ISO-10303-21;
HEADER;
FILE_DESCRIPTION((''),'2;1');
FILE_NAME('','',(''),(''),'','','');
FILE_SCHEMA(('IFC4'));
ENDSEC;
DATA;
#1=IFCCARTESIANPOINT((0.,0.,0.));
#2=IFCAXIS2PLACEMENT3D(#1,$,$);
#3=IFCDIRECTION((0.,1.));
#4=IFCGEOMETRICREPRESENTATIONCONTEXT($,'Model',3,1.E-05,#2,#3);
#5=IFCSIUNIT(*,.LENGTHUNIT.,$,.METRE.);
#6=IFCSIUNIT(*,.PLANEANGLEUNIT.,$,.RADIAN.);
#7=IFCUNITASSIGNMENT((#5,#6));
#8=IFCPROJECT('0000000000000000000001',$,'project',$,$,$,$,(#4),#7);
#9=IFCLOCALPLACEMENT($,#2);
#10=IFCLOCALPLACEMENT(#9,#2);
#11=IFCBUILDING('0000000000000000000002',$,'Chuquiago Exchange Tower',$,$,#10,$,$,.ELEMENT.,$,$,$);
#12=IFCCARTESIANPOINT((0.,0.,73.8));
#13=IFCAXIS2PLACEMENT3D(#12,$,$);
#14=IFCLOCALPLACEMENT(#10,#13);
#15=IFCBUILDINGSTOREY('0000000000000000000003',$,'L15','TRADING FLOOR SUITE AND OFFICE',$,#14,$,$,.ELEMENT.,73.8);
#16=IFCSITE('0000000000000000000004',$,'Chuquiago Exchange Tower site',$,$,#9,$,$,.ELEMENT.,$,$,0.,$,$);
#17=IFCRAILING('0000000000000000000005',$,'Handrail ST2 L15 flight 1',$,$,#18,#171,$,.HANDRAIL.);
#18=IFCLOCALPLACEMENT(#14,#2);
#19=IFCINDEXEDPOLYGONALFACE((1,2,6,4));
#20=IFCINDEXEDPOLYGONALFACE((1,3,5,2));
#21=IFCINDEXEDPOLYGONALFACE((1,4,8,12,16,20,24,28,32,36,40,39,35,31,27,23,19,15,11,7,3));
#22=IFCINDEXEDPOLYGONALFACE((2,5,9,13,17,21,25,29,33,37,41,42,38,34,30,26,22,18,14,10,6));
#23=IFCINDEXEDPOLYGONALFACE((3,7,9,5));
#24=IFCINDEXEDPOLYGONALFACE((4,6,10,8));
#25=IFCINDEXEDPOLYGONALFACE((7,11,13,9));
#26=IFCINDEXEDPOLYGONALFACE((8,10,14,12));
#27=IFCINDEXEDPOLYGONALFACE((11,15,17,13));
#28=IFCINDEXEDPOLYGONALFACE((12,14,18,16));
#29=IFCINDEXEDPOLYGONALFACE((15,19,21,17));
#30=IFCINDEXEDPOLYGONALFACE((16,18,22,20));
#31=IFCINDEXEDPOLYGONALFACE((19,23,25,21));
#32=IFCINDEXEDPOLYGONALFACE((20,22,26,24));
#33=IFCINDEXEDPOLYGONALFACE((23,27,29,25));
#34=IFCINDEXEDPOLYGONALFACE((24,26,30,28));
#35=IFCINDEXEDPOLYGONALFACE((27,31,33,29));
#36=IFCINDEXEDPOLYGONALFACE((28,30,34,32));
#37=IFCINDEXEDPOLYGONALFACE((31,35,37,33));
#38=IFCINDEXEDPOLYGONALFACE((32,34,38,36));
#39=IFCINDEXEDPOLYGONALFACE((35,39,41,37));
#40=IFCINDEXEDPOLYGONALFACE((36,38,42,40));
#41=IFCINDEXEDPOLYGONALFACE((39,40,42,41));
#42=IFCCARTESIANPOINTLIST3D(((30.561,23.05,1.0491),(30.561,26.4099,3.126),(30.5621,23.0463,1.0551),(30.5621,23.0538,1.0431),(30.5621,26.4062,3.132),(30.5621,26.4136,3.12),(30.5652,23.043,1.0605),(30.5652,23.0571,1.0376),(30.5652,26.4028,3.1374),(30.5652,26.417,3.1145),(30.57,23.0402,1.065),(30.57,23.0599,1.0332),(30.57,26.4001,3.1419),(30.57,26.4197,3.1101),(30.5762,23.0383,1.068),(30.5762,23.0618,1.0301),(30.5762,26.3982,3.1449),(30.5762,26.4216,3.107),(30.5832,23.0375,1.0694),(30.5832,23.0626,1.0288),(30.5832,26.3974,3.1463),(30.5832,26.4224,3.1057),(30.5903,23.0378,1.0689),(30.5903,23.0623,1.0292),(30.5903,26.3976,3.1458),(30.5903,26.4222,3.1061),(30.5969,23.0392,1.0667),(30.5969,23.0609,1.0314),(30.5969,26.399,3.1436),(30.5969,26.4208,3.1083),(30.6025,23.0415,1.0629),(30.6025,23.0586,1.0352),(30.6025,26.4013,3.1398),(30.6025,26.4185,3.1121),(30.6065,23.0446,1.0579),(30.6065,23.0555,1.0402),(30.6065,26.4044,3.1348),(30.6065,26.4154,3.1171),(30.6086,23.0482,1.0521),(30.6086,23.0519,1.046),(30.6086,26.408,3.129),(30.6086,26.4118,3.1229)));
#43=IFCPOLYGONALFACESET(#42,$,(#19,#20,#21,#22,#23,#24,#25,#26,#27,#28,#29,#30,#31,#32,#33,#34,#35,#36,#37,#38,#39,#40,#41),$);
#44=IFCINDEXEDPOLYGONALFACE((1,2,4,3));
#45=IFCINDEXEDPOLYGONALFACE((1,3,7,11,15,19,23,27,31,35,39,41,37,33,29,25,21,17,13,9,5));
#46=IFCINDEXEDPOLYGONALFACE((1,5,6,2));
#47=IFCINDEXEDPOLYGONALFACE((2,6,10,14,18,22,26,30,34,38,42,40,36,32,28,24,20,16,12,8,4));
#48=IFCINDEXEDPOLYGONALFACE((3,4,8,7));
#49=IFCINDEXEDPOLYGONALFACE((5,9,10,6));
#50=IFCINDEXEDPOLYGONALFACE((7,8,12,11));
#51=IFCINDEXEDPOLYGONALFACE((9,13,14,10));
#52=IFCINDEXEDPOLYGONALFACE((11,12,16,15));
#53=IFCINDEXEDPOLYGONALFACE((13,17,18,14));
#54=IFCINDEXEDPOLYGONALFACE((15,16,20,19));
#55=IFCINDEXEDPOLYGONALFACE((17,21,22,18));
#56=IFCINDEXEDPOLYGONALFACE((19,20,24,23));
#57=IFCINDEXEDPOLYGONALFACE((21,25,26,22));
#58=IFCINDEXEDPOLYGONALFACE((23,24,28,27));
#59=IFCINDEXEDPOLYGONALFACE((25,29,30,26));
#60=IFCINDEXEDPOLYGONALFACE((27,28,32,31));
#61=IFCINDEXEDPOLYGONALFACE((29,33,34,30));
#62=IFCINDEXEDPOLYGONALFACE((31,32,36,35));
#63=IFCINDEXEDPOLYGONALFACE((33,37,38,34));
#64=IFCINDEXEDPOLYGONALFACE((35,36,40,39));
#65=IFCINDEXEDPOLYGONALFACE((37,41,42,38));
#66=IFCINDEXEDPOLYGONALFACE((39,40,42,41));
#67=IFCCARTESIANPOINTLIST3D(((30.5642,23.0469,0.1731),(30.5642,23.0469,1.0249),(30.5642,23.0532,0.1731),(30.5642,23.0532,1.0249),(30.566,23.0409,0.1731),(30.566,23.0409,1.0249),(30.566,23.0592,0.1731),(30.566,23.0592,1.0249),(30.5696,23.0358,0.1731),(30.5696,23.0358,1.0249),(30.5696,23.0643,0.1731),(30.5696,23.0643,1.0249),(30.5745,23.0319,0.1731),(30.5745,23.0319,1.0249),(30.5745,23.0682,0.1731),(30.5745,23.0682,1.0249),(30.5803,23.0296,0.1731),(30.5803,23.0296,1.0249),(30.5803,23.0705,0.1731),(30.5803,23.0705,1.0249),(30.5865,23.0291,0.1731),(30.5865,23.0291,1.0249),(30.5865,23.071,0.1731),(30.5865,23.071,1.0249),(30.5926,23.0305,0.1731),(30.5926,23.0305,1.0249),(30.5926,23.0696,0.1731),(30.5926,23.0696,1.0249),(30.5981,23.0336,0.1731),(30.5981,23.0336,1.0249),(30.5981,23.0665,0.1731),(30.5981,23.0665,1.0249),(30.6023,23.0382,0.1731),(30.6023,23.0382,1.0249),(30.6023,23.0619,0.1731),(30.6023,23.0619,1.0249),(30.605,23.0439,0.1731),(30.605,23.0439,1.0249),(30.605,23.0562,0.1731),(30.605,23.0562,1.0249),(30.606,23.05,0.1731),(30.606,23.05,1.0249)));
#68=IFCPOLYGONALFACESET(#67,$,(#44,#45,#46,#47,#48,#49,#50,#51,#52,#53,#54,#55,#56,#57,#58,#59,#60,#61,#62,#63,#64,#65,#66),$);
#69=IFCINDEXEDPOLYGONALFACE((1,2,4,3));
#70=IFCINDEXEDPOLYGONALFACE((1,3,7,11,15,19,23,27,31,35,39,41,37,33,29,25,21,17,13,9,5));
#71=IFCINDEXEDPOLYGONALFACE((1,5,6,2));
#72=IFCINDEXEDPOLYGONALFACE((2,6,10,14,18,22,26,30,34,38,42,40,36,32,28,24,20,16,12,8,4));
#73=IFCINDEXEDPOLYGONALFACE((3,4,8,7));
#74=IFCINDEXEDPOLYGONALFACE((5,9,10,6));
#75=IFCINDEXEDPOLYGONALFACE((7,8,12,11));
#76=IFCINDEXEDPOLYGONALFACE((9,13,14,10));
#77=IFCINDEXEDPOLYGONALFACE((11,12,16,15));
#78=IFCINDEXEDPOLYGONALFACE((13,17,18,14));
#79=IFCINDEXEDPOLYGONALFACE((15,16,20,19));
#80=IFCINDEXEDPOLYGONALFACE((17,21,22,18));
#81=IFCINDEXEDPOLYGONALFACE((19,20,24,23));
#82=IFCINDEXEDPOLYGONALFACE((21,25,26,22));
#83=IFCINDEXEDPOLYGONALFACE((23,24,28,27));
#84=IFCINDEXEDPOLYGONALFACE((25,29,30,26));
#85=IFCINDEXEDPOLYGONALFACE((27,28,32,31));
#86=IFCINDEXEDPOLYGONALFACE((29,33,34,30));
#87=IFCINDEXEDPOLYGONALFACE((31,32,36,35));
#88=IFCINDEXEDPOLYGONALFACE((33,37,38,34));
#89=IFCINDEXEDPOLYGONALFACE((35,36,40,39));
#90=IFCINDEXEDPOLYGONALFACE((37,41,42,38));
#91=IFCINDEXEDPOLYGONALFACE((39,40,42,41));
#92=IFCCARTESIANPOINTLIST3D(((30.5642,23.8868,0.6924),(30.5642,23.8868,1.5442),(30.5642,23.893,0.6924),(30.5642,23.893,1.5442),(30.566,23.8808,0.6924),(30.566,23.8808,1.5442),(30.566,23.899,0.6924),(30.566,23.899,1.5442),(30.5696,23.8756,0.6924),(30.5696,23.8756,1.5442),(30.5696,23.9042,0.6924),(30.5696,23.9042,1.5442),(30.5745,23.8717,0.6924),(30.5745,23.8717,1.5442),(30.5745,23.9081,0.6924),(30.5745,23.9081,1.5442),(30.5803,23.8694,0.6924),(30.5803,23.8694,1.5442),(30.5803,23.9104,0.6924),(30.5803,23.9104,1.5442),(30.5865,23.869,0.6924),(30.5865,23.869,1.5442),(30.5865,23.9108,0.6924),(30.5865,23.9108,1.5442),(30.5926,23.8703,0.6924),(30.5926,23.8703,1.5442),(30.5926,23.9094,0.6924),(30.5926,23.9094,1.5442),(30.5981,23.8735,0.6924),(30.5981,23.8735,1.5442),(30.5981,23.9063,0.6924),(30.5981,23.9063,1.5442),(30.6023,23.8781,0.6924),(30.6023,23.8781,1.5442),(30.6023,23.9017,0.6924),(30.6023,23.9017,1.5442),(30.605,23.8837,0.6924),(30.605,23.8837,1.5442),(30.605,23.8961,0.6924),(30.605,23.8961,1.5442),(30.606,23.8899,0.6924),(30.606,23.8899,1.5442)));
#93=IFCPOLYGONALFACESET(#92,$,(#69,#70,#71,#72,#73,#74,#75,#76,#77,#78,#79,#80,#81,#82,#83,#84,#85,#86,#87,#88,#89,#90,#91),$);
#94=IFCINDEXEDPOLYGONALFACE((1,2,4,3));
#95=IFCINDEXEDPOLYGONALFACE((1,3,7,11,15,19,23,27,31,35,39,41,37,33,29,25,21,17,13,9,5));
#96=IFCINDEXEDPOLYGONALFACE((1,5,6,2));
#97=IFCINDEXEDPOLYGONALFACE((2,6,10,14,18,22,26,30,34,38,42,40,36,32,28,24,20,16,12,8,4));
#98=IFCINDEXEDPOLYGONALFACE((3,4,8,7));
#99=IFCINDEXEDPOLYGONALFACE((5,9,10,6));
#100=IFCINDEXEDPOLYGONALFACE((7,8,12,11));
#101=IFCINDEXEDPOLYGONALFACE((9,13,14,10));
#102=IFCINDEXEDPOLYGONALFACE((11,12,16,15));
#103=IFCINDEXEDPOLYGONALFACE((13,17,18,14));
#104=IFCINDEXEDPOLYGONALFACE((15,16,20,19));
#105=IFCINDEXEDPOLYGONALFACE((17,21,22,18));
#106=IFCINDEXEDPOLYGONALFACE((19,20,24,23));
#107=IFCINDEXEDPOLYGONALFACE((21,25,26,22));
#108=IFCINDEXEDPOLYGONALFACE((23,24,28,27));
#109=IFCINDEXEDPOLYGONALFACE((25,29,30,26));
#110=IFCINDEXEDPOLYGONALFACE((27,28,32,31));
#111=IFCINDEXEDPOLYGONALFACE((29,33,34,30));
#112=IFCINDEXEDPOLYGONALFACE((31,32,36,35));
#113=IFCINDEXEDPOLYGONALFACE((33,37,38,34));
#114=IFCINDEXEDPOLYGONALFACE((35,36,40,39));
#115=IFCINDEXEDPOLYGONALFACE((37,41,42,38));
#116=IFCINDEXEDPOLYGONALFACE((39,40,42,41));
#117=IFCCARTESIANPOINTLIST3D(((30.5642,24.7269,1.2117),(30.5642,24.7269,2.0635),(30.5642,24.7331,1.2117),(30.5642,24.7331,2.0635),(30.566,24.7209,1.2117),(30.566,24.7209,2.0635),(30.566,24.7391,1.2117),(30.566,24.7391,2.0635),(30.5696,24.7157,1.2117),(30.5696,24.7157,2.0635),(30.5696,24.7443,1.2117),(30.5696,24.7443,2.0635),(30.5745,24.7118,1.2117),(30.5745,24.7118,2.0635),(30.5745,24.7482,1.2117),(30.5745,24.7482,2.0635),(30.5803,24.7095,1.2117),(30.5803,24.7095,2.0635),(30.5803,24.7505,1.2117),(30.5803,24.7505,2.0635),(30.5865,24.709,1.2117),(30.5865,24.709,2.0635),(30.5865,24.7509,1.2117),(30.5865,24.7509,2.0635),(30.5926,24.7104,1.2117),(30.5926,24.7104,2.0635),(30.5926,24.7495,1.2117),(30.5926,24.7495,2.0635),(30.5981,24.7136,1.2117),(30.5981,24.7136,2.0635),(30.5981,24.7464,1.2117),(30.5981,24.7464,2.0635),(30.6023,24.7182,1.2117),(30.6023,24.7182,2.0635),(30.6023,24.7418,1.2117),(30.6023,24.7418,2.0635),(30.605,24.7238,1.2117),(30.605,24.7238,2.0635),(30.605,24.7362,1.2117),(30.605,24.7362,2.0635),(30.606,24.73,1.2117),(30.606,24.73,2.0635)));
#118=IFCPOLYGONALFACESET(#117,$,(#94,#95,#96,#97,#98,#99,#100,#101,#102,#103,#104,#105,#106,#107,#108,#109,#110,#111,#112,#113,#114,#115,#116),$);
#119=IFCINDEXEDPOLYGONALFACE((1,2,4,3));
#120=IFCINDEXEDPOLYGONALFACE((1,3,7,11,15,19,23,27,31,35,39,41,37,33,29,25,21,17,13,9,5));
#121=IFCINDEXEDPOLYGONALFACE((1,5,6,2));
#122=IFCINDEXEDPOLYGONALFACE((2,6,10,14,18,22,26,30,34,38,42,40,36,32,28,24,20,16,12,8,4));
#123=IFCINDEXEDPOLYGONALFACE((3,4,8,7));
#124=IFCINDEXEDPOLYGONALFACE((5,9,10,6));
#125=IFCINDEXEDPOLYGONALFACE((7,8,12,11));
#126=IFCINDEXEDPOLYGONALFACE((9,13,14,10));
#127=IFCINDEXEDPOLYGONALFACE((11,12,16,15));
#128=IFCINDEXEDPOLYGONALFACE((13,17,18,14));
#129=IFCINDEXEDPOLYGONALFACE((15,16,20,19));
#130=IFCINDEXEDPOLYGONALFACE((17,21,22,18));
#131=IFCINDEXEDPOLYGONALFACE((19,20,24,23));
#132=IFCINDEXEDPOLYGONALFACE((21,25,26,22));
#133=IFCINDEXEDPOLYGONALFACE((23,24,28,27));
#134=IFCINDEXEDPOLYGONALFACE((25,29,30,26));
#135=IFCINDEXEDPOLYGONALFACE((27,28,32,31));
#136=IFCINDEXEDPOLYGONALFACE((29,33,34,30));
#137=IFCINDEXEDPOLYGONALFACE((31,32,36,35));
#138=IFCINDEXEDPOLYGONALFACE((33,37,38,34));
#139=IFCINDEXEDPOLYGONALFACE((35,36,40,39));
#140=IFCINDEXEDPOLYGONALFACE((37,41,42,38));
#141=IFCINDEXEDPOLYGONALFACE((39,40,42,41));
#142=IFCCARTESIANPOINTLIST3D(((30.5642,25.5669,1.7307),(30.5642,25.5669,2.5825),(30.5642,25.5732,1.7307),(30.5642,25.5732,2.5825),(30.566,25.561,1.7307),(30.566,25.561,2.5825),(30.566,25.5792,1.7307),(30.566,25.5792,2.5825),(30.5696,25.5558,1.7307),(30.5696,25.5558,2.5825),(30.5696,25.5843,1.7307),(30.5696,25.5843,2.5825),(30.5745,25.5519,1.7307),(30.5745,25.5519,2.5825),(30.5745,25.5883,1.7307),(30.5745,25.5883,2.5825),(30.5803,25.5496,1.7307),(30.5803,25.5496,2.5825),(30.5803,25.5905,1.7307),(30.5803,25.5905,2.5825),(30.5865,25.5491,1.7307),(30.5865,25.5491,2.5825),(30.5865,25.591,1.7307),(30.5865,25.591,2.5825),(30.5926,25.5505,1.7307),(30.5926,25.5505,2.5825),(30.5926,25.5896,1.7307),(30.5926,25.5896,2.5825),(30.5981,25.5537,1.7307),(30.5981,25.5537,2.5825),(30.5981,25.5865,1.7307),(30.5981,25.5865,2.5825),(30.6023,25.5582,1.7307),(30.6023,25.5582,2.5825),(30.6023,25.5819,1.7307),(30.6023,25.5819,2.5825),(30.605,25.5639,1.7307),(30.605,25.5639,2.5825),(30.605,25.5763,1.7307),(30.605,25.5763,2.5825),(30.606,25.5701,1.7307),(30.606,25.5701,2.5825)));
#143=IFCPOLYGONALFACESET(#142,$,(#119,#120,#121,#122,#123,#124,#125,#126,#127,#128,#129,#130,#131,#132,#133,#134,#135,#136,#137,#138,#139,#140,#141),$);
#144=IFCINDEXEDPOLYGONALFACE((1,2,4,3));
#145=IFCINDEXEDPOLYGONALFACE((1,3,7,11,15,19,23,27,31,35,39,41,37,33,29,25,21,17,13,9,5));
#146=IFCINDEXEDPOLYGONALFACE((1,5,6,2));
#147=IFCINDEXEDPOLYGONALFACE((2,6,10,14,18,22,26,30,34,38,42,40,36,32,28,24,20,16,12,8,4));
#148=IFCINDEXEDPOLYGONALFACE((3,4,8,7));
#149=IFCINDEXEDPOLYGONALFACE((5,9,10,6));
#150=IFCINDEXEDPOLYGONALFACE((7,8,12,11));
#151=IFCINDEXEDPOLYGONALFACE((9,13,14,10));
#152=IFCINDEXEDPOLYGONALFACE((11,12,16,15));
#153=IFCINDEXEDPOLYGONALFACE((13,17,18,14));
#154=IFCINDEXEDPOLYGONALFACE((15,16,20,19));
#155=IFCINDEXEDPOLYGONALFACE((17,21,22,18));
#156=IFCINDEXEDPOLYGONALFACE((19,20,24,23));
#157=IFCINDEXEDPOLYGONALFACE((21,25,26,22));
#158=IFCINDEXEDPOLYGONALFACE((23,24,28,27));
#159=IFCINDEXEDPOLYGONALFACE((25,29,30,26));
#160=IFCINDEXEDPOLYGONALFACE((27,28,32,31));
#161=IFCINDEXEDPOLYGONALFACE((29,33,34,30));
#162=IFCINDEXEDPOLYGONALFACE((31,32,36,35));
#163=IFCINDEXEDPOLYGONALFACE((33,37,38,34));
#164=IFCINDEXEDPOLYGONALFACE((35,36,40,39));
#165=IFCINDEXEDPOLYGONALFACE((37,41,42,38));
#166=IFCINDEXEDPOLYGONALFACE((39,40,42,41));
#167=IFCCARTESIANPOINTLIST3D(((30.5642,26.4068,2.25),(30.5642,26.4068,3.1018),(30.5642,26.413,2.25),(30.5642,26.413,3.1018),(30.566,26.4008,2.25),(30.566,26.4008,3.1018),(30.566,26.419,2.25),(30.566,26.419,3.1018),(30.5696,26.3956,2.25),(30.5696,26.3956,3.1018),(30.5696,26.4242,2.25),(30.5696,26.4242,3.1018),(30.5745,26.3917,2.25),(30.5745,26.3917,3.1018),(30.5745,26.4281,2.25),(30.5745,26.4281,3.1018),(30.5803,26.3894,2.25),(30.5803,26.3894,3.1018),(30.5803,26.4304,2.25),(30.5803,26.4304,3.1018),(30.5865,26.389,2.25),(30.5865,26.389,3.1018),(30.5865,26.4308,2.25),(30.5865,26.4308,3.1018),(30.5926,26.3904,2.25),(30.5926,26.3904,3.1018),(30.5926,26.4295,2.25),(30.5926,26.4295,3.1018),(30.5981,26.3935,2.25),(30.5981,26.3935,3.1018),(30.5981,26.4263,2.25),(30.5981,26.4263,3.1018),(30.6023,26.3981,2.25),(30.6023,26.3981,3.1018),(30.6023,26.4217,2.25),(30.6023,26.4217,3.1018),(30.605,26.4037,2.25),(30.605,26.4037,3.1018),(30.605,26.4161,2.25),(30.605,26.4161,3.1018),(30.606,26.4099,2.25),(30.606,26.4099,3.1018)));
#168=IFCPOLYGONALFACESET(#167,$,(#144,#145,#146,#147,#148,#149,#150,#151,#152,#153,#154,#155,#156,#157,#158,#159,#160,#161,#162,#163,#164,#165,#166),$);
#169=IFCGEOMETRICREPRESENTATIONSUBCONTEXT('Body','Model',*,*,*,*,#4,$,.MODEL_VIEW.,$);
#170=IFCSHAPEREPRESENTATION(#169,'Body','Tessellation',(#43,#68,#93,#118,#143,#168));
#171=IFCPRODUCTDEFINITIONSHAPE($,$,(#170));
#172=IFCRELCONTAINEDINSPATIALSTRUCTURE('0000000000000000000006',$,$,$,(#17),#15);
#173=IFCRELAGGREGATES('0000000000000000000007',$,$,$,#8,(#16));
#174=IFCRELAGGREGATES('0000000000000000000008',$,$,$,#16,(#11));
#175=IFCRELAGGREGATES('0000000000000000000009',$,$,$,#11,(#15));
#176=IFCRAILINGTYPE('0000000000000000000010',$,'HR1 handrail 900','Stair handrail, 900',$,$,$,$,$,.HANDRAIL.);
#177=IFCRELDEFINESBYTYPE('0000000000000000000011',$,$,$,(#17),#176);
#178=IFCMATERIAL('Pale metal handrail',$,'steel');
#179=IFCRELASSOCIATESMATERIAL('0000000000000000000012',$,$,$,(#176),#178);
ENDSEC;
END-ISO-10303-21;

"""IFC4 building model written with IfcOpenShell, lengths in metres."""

from ifc_helpers import new_model, si_unit, direction, frame, origin, origin_2d, place, context, subcontext, project, spatial, circle, extrude, material, type_object, element, save


model = new_model("IFC4")

# Units and contexts
model_context = context("Model", 3, precision=1e-05, world=origin(), true_north=direction((0.0, 1.0)))
body_context = subcontext(model_context, "Body", "Model", "MODEL_VIEW")
ifc_project = project(units=[si_unit("LENGTHUNIT", "METRE"), si_unit("PLANEANGLEUNIT", "RADIAN")], contexts=[model_context])

# Site, building, storey
site_placement = place(None, origin())
site = spatial("IfcSite", under=ifc_project, at=site_placement, Name="Chuquiago Exchange Tower site", CompositionType="ELEMENT", RefElevation=0.0)
building_placement = place(site_placement, origin())
building = spatial("IfcBuilding", under=site, at=building_placement, Name="Chuquiago Exchange Tower", CompositionType="ELEMENT")
storey_placement = place(building_placement, frame((0.0, 0.0, 73.8)))
storey = spatial("IfcBuildingStorey", under=building, at=storey_placement, Name="L15", Description="TRADING FLOOR SUITE AND OFFICE", CompositionType="ELEMENT", Elevation=73.8)

# Railing
ifc_material_1 = material(Name="Pale metal handrail", Category="steel")
railing_type_1 = type_object("IfcRailingType", Name="HR1 handrail 900", Description="Stair handrail, 900", PredefinedType="HANDRAIL", material=ifc_material_1)
for number, where, name in (
    (1, (30.585, 23.05, 0.1731), "Handrail ST2 L15 flight 1"),
):
    element("IfcRailing", number, at=place(storey_placement, frame(where)), inside=storey, type_object=railing_type_1, Name=name, PredefinedType="HANDRAIL", context=body_context, shape_type="SweptSolid", body=[
        extrude(circle(Radius=0.0239, at=origin_2d()), frame((0.0, 0.0, 0.876), z_axis=(0.0, 0.850606, 0.525803), x_axis=(-1.0, 0.0, 0.0)), (0.0, 0.0, 1.0), 3.95),
        extrude(circle(Radius=0.021, at=origin_2d()), origin(), (0.0, 0.0, 1.0), 0.8518),
        extrude(circle(Radius=0.021, at=origin_2d()), frame((0.0, 0.8398, 0.5193)), (0.0, 0.0, 1.0), 0.8518),
        extrude(circle(Radius=0.021, at=origin_2d()), frame((0.0, 1.6799, 1.0386)), (0.0, 0.0, 1.0), 0.8518),
        extrude(circle(Radius=0.021, at=origin_2d()), frame((0.0, 2.52, 1.5576)), (0.0, 0.0, 1.0), 0.8518),
        extrude(circle(Radius=0.021, at=origin_2d()), frame((0.0, 3.3599, 2.0769)), (0.0, 0.0, 1.0), 0.8518),
    ])

save(model, "model.ifc")
